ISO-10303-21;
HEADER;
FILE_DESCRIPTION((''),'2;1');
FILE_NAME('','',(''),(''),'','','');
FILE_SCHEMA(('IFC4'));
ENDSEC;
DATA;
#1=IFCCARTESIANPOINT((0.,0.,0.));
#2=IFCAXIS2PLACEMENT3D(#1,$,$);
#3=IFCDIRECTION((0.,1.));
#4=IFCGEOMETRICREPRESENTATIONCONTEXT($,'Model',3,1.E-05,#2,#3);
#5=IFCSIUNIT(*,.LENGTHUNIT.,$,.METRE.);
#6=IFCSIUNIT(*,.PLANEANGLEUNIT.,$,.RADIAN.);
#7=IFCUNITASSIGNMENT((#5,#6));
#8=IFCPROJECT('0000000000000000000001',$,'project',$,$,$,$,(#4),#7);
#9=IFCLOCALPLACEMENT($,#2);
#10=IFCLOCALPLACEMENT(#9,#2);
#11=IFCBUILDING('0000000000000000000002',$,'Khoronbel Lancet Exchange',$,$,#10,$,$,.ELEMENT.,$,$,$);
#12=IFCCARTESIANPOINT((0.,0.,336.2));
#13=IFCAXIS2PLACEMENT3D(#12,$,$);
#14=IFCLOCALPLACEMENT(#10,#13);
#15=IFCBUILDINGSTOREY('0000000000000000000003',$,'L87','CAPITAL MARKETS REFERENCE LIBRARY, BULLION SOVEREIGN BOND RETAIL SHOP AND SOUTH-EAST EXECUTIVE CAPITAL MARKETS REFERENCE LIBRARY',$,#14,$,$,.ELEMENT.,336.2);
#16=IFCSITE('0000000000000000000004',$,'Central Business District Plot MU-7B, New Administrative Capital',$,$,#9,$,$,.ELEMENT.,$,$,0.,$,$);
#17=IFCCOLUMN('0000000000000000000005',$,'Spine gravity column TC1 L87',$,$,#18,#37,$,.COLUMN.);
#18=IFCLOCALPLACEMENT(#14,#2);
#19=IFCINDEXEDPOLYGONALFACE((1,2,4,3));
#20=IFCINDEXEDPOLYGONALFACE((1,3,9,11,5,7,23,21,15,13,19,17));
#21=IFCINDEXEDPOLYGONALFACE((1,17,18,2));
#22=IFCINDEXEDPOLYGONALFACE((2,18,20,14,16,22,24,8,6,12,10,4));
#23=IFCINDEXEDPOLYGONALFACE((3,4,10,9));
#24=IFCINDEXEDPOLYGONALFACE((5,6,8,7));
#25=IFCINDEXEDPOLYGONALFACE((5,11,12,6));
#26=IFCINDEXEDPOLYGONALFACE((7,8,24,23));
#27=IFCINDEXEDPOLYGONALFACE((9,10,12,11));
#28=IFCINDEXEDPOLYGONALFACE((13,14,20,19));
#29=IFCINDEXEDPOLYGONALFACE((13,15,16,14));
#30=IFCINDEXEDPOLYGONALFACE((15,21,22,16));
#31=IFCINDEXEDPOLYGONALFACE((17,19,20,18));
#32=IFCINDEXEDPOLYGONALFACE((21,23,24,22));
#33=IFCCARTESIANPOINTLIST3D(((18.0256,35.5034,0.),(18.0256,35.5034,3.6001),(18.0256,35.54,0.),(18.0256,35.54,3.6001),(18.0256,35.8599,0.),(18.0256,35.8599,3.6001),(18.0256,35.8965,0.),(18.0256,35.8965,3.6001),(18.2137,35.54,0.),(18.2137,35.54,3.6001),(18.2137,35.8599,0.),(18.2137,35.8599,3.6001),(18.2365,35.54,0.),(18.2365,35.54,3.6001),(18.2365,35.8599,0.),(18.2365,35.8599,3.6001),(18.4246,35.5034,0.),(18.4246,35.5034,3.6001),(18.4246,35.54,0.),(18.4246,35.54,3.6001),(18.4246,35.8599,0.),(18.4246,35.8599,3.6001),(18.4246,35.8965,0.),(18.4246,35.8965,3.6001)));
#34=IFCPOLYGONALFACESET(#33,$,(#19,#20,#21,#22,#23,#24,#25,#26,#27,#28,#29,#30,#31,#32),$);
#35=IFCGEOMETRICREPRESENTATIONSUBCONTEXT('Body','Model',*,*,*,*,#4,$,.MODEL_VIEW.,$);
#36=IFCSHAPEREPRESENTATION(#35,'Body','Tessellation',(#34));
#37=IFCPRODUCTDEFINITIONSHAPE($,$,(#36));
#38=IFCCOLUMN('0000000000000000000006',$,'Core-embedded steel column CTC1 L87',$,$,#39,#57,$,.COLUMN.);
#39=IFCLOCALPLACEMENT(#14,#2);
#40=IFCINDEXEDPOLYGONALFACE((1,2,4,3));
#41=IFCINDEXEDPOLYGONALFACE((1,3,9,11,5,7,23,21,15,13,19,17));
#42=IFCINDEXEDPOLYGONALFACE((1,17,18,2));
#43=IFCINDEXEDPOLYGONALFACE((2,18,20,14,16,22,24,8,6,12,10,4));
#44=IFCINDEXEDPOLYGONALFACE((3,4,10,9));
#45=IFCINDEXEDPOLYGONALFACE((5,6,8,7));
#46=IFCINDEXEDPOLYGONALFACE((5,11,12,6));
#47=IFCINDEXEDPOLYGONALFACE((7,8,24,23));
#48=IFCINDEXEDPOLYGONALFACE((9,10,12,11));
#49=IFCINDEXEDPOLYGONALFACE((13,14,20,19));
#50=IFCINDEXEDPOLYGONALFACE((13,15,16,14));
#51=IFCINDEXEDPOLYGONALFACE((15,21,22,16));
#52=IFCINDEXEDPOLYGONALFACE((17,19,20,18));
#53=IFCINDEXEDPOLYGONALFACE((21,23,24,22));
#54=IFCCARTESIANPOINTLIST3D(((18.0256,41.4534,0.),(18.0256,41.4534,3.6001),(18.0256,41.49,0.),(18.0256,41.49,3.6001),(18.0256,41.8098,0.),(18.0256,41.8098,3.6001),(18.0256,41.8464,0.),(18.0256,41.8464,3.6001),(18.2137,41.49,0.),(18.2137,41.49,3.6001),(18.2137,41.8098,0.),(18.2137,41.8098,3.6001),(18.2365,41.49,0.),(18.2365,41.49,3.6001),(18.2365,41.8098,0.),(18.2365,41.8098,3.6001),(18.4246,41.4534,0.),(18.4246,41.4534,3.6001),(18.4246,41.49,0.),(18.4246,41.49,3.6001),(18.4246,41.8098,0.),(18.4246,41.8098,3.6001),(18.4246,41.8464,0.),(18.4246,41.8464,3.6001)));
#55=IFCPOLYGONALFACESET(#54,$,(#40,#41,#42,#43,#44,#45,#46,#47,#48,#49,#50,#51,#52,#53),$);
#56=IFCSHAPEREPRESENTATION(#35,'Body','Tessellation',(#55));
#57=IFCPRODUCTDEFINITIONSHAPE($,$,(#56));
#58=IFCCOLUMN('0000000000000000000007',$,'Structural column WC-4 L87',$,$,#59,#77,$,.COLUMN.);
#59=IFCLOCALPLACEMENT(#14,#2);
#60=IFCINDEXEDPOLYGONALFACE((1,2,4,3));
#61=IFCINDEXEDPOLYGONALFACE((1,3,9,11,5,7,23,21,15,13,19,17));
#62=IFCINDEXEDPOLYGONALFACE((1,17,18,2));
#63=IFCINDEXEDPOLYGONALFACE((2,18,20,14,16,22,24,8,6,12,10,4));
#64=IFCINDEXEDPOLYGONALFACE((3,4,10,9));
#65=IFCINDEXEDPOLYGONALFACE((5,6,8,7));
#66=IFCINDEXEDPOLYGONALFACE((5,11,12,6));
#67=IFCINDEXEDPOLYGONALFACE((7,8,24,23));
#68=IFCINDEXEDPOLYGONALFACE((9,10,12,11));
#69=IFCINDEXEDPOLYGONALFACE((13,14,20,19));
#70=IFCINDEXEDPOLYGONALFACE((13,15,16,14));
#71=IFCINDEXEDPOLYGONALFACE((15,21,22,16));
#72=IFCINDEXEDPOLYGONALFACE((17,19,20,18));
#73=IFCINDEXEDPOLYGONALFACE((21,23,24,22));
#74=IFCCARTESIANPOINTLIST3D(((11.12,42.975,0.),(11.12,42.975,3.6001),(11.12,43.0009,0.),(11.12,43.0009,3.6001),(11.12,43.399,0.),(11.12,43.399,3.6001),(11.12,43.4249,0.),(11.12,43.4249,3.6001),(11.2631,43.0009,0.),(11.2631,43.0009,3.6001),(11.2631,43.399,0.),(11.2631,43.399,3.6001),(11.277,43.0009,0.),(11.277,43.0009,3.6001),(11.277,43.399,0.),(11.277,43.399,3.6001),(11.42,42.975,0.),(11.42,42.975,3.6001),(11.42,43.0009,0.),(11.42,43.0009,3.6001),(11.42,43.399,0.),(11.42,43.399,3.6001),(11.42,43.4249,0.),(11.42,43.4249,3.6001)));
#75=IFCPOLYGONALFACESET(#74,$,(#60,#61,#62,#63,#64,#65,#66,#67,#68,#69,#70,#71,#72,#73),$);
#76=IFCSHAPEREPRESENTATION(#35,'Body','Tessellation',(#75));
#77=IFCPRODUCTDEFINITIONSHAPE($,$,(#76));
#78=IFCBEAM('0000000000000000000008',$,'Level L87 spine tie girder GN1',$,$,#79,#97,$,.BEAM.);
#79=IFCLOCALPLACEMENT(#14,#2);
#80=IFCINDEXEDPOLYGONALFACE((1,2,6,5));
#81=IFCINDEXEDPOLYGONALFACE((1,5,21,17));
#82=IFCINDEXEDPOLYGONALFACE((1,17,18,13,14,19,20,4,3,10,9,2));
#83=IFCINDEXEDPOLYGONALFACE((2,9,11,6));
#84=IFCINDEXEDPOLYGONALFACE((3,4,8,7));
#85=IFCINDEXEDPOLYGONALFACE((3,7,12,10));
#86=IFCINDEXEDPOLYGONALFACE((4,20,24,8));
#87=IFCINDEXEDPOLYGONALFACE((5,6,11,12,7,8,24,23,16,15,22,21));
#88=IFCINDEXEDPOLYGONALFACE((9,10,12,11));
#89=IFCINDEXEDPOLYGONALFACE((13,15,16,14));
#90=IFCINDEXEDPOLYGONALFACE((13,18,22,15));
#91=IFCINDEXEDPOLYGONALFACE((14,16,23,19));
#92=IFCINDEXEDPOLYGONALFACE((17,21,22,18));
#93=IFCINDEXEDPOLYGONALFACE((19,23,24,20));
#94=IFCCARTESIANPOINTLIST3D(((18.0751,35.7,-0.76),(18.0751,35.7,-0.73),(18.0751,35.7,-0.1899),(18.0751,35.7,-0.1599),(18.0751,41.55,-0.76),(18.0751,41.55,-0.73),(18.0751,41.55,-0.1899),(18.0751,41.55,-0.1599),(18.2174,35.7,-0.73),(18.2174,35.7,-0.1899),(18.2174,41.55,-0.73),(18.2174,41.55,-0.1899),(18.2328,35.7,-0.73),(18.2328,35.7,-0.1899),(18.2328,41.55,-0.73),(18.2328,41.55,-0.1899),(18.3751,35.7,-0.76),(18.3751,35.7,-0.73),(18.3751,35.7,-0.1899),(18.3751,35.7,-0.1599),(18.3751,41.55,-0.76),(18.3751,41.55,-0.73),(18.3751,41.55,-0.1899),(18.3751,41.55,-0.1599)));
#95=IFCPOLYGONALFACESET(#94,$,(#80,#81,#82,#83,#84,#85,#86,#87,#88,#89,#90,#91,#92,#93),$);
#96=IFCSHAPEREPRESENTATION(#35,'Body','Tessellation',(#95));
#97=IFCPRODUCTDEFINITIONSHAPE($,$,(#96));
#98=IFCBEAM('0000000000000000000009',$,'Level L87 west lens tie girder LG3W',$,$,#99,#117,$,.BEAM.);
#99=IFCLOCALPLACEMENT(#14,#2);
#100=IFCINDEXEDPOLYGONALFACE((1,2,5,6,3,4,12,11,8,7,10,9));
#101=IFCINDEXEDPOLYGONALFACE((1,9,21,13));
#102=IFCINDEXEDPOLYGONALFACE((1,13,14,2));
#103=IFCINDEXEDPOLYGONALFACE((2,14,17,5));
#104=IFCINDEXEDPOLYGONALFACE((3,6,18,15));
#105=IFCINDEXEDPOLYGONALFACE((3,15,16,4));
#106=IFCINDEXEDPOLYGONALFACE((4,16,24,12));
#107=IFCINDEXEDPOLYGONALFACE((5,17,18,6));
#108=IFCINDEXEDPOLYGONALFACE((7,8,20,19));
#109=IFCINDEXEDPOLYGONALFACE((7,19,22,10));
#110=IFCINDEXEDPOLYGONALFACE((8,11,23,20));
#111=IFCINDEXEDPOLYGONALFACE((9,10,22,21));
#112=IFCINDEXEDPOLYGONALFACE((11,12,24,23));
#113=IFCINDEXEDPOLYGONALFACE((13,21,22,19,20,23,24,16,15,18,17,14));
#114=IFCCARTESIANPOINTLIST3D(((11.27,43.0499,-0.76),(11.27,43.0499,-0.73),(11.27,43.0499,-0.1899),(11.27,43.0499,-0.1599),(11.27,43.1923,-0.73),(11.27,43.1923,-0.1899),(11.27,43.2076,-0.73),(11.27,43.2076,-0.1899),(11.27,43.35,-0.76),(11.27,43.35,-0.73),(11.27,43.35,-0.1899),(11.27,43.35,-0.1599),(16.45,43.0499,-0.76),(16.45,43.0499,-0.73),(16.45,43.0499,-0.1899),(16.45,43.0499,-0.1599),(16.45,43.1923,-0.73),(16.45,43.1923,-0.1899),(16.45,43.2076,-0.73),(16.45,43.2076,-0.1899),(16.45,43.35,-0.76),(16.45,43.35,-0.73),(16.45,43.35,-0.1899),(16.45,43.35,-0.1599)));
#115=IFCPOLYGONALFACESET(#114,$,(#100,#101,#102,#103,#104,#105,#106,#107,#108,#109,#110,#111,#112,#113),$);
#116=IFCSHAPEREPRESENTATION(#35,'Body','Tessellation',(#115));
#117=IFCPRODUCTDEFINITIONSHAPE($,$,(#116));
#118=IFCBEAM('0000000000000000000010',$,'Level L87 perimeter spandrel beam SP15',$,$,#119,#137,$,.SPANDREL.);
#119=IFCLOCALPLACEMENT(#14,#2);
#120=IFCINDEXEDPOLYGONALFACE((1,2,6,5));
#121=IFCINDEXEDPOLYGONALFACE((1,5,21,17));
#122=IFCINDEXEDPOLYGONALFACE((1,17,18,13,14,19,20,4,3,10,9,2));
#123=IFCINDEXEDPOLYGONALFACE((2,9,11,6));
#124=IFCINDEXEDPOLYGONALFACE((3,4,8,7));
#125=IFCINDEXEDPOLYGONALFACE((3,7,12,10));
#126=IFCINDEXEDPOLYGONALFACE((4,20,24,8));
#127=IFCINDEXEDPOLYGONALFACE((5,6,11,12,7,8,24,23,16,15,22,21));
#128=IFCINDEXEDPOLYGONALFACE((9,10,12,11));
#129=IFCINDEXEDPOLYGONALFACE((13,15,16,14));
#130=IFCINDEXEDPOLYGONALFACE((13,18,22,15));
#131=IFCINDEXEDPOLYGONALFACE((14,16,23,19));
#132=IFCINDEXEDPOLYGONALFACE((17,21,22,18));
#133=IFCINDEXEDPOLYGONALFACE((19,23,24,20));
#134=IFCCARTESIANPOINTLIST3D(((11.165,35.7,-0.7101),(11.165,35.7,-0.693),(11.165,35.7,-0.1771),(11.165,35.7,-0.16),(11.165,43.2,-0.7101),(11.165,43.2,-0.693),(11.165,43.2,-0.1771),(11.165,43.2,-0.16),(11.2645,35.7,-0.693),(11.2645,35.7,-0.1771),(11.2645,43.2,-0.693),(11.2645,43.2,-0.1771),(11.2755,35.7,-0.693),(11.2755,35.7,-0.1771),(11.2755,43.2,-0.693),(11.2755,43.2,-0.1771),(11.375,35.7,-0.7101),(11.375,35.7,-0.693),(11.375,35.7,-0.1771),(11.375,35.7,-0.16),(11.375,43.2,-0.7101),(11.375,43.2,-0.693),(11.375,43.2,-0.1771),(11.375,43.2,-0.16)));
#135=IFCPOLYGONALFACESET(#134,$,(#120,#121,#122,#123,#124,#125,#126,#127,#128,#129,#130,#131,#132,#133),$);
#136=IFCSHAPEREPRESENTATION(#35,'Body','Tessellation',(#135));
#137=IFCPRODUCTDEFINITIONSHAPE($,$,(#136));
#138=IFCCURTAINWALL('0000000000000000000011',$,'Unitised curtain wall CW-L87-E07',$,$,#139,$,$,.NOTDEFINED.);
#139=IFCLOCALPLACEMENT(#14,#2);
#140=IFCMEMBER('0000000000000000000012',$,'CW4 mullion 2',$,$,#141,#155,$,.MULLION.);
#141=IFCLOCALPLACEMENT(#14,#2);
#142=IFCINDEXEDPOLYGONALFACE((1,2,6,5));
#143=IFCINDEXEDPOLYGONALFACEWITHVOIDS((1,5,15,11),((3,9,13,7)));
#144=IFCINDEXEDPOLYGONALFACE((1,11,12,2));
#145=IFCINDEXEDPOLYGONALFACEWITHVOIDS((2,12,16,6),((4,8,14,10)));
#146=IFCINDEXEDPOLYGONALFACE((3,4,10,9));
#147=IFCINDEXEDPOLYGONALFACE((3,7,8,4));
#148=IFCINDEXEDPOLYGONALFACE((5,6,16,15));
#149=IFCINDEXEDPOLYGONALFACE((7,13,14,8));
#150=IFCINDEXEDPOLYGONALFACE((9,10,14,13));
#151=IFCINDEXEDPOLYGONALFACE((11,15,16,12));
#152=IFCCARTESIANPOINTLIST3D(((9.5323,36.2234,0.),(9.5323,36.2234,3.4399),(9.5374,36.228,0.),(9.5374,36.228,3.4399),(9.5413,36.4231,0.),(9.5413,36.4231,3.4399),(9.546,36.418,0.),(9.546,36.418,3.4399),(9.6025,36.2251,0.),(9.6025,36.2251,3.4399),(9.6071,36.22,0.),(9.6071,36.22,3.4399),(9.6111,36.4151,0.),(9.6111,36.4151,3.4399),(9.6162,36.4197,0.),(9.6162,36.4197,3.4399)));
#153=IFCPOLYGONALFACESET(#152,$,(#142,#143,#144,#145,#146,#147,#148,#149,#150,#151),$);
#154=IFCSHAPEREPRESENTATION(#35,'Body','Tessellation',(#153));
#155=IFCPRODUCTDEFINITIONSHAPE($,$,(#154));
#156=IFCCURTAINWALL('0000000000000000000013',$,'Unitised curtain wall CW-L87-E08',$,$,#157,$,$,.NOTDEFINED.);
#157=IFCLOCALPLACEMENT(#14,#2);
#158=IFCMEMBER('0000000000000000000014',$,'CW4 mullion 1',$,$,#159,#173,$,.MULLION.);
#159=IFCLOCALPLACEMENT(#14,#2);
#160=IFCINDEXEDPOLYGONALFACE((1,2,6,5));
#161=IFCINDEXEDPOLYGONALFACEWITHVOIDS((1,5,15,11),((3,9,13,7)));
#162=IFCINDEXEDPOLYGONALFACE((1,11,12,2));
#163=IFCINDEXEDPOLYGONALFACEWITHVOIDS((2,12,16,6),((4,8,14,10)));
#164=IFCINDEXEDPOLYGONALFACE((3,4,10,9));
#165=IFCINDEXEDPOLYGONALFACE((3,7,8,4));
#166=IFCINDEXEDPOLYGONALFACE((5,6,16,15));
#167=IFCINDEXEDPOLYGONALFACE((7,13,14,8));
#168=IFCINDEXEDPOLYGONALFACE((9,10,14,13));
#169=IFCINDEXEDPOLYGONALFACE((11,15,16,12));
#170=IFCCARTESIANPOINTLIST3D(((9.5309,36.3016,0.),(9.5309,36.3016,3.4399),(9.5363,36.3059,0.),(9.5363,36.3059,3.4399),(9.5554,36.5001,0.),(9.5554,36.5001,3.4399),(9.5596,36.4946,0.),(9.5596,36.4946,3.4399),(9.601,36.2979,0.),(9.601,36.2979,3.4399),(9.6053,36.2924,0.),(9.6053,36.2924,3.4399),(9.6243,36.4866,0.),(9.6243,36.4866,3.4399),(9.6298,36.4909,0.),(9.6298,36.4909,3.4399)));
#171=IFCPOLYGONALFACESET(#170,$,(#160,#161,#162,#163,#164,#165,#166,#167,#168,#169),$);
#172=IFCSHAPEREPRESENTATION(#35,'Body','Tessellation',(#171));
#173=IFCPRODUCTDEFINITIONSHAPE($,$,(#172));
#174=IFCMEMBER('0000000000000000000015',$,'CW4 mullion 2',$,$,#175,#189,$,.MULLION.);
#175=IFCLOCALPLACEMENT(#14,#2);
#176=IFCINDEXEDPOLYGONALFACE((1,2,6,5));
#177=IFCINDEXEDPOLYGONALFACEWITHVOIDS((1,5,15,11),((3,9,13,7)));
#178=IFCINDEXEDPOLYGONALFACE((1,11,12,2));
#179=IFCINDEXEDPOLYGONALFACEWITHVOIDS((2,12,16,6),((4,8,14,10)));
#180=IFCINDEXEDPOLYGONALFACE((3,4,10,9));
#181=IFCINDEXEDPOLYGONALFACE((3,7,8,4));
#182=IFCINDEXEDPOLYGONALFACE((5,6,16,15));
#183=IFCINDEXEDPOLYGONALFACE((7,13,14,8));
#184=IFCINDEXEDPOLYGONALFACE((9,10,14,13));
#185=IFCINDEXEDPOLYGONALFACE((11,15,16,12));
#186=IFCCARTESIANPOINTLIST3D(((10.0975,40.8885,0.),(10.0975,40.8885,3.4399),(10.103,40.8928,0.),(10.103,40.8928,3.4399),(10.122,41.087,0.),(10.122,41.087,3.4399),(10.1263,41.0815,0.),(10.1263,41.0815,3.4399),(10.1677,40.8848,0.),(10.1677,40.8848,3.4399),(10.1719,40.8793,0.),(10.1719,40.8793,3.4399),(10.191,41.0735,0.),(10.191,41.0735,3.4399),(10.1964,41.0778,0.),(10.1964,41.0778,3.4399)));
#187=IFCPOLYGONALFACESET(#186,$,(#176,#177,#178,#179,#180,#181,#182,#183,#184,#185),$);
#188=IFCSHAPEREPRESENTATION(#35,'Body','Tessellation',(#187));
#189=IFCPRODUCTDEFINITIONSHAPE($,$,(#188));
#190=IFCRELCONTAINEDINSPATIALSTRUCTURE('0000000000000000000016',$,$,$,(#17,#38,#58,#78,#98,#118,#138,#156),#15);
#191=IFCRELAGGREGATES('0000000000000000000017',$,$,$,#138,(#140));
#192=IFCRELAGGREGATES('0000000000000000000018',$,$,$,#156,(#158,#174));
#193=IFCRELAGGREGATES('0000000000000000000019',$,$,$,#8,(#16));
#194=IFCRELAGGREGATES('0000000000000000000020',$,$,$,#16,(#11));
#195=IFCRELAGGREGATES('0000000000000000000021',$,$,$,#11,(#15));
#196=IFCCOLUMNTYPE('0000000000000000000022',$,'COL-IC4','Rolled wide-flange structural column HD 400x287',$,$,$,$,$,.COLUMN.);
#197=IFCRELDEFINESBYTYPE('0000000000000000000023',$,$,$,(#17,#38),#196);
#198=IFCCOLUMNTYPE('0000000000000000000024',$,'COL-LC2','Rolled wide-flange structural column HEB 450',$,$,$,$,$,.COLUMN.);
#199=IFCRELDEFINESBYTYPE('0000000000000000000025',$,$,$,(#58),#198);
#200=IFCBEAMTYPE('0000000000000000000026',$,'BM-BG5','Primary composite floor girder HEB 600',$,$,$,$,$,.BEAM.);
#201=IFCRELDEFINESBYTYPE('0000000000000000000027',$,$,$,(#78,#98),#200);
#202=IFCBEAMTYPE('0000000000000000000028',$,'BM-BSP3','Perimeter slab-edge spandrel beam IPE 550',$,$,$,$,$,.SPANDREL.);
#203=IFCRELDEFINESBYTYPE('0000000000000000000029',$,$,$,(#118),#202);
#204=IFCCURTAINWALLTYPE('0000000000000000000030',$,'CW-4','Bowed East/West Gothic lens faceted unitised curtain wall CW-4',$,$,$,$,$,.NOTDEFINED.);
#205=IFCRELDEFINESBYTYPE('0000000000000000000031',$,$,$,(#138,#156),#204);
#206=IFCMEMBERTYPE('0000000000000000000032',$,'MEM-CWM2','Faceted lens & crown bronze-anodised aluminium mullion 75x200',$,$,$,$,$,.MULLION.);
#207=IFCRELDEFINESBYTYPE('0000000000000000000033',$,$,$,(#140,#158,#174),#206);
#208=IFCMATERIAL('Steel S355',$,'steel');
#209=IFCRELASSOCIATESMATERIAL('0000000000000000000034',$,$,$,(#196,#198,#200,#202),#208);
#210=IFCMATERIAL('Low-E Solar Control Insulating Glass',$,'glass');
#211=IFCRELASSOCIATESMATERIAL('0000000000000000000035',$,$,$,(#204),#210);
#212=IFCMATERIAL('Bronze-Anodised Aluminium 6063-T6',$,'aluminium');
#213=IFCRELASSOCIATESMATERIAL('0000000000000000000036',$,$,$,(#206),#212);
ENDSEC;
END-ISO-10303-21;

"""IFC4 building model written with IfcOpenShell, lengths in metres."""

from ifc_helpers import new_model, si_unit, direction, frame, origin, origin_2d, place, context, subcontext, project, spatial, hollow_rectangle, i_section, extrude, material, material_profile, profile_set, type_object, element, aggregate, save


model = new_model("IFC4")

# Units and contexts
model_context = context("Model", 3, precision=1e-05, world=origin(), true_north=direction((0.0, 1.0)))
body_context = subcontext(model_context, "Body", "Model", "MODEL_VIEW")
ifc_project = project(units=[si_unit("LENGTHUNIT", "METRE"), si_unit("PLANEANGLEUNIT", "RADIAN")], contexts=[model_context])

# Site, building, storey
site_placement = place(None, origin())
site = spatial("IfcSite", under=ifc_project, at=site_placement, Name="Central Business District Plot MU-7B, New Administrative Capital", CompositionType="ELEMENT", RefElevation=0.0)
building_placement = place(site_placement, origin())
building = spatial("IfcBuilding", under=site, at=building_placement, Name="Khoronbel Lancet Exchange", CompositionType="ELEMENT")
storey_placement = place(building_placement, frame((0.0, 0.0, 336.2)))
storey = spatial("IfcBuildingStorey", under=building, at=storey_placement, Name="L87", Description="CAPITAL MARKETS REFERENCE LIBRARY, BULLION SOVEREIGN BOND RETAIL SHOP AND SOUTH-EAST EXECUTIVE CAPITAL MARKETS REFERENCE LIBRARY", CompositionType="ELEMENT", Elevation=336.2)

# Columns
ifc_material_1 = material(Name="Steel S355", Category="steel")
ifc_material_profile_1 = material_profile(ifc_material_1, i_section(OverallWidth=0.3989, OverallDepth=0.3931, WebThickness=0.0227, FlangeThickness=0.0366, at=origin_2d()), Name="HD 400x287")
ifc_profile_set_1 = profile_set([ifc_material_profile_1], Name="Steel S355")
column_type_1 = type_object("IfcColumnType", Name="COL-IC4", Description="Rolled wide-flange structural column HD 400x287", PredefinedType="COLUMN", material=ifc_profile_set_1)
for number, where, z_axis, x_axis, name in (
    (1, (18.2251, 35.7, 0.0), (0.0, 0.0, 1.0), (1.0, 0.0, 0.0), "Spine gravity column TC1 L87"),
    (2, (18.2251, 41.6499, 0.0), (0.0, 0.0, 1.0), (1.0, 0.0, 0.0), "Core-embedded steel column CTC1 L87"),
):
    element("IfcColumn", number, at=place(storey_placement, frame(where, z_axis=z_axis, x_axis=x_axis)), inside=storey, type_object=column_type_1, Name=name, PredefinedType="COLUMN", context=body_context, shape_type="SweptSolid", body=[
        extrude(i_section(OverallWidth=0.3989, OverallDepth=0.3931, WebThickness=0.0227, FlangeThickness=0.0366, at=origin_2d()), origin(), (0.0, 0.0, 1.0), 3.6001),
    ])
ifc_material_profile_2 = material_profile(ifc_material_1, i_section(OverallWidth=0.3, OverallDepth=0.45, WebThickness=0.0139, FlangeThickness=0.0259, at=origin_2d()), Name="HEB 450")
ifc_profile_set_2 = profile_set([ifc_material_profile_2], Name="Steel S355")
column_type_2 = type_object("IfcColumnType", Name="COL-LC2", Description="Rolled wide-flange structural column HEB 450", PredefinedType="COLUMN", material=ifc_profile_set_2)
column_placement = place(storey_placement, frame((11.27, 43.2, 0.0), z_axis=(0.0, 0.0, 1.0), x_axis=(1.0, 0.0, 0.0)))
element("IfcColumn", 3, at=column_placement, inside=storey, type_object=column_type_2, Name="Structural column WC-4 L87", PredefinedType="COLUMN", context=body_context, shape_type="SweptSolid", body=[
    extrude(i_section(OverallWidth=0.3, OverallDepth=0.45, WebThickness=0.0139, FlangeThickness=0.0259, at=origin_2d()), origin(), (0.0, 0.0, 1.0), 3.6001),
])

# Beams
ifc_material_profile_3 = material_profile(ifc_material_1, i_section(OverallWidth=0.3, OverallDepth=0.6001, WebThickness=0.0154, FlangeThickness=0.03, at=origin_2d()), Name="HEB 600")
ifc_profile_set_3 = profile_set([ifc_material_profile_3], Name="Steel S355")
beam_type_1 = type_object("IfcBeamType", Name="BM-BG5", Description="Primary composite floor girder HEB 600", PredefinedType="BEAM", material=ifc_profile_set_3)
beam_1_placement = place(storey_placement, frame((18.2251, 35.7, -0.46), z_axis=(0.0, 1.0, 0.0), x_axis=(-1.0, 0.0, 0.0)))
element("IfcBeam", 4, at=beam_1_placement, inside=storey, type_object=beam_type_1, Name="Level L87 spine tie girder GN1", PredefinedType="BEAM", context=body_context, shape_type="SweptSolid", body=[
    extrude(i_section(OverallWidth=0.3, OverallDepth=0.6001, WebThickness=0.0154, FlangeThickness=0.03, at=origin_2d()), origin(), (0.0, 0.0, 1.0), 5.8501),
])
beam_2_placement = place(storey_placement, frame((11.27, 43.2, -0.46), z_axis=(1.0, 0.0, 0.0), x_axis=(0.0, 1.0, 0.0)))
element("IfcBeam", 5, at=beam_2_placement, inside=storey, type_object=beam_type_1, Name="Level L87 west lens tie girder LG3W", PredefinedType="BEAM", context=body_context, shape_type="SweptSolid", body=[
    extrude(i_section(OverallWidth=0.3, OverallDepth=0.6001, WebThickness=0.0154, FlangeThickness=0.03, at=origin_2d()), origin(), (0.0, 0.0, 1.0), 5.1799),
])
ifc_material_profile_4 = material_profile(ifc_material_1, i_section(OverallWidth=0.21, OverallDepth=0.55, WebThickness=0.011, FlangeThickness=0.0171, at=origin_2d()), Name="IPE 550")
ifc_profile_set_4 = profile_set([ifc_material_profile_4], Name="Steel S355")
beam_type_2 = type_object("IfcBeamType", Name="BM-BSP3", Description="Perimeter slab-edge spandrel beam IPE 550", PredefinedType="SPANDREL", material=ifc_profile_set_4)
beam_3_placement = place(storey_placement, frame((11.27, 43.2, -0.4351), z_axis=(0.0, -1.0, 0.0), x_axis=(1.0, 0.0, 0.0)))
element("IfcBeam", 6, at=beam_3_placement, inside=storey, type_object=beam_type_2, Name="Level L87 perimeter spandrel beam SP15", PredefinedType="SPANDREL", context=body_context, shape_type="SweptSolid", body=[
    extrude(i_section(OverallWidth=0.21, OverallDepth=0.55, WebThickness=0.011, FlangeThickness=0.0171, at=origin_2d()), origin(), (0.0, 0.0, 1.0), 7.5),
])

# Curtain wall, member
ifc_material_2 = material(Name="Low-E Solar Control Insulating Glass", Category="glass")
curtain_wall_type = type_object("IfcCurtainWallType", Name="CW-4", Description="Bowed East/West Gothic lens faceted unitised curtain wall CW-4", PredefinedType="NOTDEFINED", material=ifc_material_2)
curtain_wall_1_placement = place(storey_placement, origin())
curtain_wall_1 = element("IfcCurtainWall", 7, at=curtain_wall_1_placement, inside=storey, type_object=curtain_wall_type, Name="Unitised curtain wall CW-L87-E07", PredefinedType="NOTDEFINED")
ifc_material_3 = material(Name="Bronze-Anodised Aluminium 6063-T6", Category="aluminium")
ifc_material_profile_5 = material_profile(ifc_material_3, hollow_rectangle(XDim=0.075, YDim=0.2, WallThickness=0.0049, at=origin_2d()), Name="ALU MULLION 75x200")
ifc_profile_set_5 = profile_set([ifc_material_profile_5], Name="Bronze-Anodised Aluminium 6063-T6")
member_type_1 = type_object("IfcMemberType", Name="MEM-CWM2", Description="Faceted lens & crown bronze-anodised aluminium mullion 75x200", PredefinedType="MULLION", material=ifc_profile_set_5)
member_1_placement = place(storey_placement, frame((9.5742, 36.3215, 0.0), z_axis=(0.0, 0.0, 1.0), x_axis=(-0.998979, 0.045177, 0.0)))
member_1 = element("IfcMember", 8, at=member_1_placement, type_object=member_type_1, Name="CW4 mullion 2", PredefinedType="MULLION", context=body_context, shape_type="SweptSolid", body=[
    extrude(hollow_rectangle(XDim=0.075, YDim=0.2, WallThickness=0.0049, at=origin_2d()), origin(), (0.0, 0.0, 1.0), 3.4399),
])
aggregate(curtain_wall_1, [member_1])

# Curtain wall, members
curtain_wall_2_placement = place(storey_placement, origin())
curtain_wall_2 = element("IfcCurtainWall", 9, at=curtain_wall_2_placement, inside=storey, type_object=curtain_wall_type, Name="Unitised curtain wall CW-L87-E08", PredefinedType="NOTDEFINED")
member_2_placement = place(storey_placement, frame((9.5803, 36.3962, 0.0), z_axis=(0.0, 0.0, 1.0), x_axis=(-0.992456, 0.122599, 0.0)))
member_2 = element("IfcMember", 10, at=member_2_placement, type_object=member_type_1, Name="CW4 mullion 1", PredefinedType="MULLION", context=body_context, shape_type="SweptSolid", body=[
    extrude(hollow_rectangle(XDim=0.075, YDim=0.2, WallThickness=0.0049, at=origin_2d()), origin(), (0.0, 0.0, 1.0), 3.4399),
])
member_3_placement = place(storey_placement, frame((10.147, 40.9832, 0.0), z_axis=(0.0, 0.0, 1.0), x_axis=(-0.992456, 0.122599, 0.0)))
member_3 = element("IfcMember", 11, at=member_3_placement, type_object=member_type_1, Name="CW4 mullion 2", PredefinedType="MULLION", context=body_context, shape_type="SweptSolid", body=[
    extrude(hollow_rectangle(XDim=0.075, YDim=0.2, WallThickness=0.0049, at=origin_2d()), origin(), (0.0, 0.0, 1.0), 3.4399),
])

aggregate(curtain_wall_2, [member_2, member_3])

save(model, "model.ifc")
